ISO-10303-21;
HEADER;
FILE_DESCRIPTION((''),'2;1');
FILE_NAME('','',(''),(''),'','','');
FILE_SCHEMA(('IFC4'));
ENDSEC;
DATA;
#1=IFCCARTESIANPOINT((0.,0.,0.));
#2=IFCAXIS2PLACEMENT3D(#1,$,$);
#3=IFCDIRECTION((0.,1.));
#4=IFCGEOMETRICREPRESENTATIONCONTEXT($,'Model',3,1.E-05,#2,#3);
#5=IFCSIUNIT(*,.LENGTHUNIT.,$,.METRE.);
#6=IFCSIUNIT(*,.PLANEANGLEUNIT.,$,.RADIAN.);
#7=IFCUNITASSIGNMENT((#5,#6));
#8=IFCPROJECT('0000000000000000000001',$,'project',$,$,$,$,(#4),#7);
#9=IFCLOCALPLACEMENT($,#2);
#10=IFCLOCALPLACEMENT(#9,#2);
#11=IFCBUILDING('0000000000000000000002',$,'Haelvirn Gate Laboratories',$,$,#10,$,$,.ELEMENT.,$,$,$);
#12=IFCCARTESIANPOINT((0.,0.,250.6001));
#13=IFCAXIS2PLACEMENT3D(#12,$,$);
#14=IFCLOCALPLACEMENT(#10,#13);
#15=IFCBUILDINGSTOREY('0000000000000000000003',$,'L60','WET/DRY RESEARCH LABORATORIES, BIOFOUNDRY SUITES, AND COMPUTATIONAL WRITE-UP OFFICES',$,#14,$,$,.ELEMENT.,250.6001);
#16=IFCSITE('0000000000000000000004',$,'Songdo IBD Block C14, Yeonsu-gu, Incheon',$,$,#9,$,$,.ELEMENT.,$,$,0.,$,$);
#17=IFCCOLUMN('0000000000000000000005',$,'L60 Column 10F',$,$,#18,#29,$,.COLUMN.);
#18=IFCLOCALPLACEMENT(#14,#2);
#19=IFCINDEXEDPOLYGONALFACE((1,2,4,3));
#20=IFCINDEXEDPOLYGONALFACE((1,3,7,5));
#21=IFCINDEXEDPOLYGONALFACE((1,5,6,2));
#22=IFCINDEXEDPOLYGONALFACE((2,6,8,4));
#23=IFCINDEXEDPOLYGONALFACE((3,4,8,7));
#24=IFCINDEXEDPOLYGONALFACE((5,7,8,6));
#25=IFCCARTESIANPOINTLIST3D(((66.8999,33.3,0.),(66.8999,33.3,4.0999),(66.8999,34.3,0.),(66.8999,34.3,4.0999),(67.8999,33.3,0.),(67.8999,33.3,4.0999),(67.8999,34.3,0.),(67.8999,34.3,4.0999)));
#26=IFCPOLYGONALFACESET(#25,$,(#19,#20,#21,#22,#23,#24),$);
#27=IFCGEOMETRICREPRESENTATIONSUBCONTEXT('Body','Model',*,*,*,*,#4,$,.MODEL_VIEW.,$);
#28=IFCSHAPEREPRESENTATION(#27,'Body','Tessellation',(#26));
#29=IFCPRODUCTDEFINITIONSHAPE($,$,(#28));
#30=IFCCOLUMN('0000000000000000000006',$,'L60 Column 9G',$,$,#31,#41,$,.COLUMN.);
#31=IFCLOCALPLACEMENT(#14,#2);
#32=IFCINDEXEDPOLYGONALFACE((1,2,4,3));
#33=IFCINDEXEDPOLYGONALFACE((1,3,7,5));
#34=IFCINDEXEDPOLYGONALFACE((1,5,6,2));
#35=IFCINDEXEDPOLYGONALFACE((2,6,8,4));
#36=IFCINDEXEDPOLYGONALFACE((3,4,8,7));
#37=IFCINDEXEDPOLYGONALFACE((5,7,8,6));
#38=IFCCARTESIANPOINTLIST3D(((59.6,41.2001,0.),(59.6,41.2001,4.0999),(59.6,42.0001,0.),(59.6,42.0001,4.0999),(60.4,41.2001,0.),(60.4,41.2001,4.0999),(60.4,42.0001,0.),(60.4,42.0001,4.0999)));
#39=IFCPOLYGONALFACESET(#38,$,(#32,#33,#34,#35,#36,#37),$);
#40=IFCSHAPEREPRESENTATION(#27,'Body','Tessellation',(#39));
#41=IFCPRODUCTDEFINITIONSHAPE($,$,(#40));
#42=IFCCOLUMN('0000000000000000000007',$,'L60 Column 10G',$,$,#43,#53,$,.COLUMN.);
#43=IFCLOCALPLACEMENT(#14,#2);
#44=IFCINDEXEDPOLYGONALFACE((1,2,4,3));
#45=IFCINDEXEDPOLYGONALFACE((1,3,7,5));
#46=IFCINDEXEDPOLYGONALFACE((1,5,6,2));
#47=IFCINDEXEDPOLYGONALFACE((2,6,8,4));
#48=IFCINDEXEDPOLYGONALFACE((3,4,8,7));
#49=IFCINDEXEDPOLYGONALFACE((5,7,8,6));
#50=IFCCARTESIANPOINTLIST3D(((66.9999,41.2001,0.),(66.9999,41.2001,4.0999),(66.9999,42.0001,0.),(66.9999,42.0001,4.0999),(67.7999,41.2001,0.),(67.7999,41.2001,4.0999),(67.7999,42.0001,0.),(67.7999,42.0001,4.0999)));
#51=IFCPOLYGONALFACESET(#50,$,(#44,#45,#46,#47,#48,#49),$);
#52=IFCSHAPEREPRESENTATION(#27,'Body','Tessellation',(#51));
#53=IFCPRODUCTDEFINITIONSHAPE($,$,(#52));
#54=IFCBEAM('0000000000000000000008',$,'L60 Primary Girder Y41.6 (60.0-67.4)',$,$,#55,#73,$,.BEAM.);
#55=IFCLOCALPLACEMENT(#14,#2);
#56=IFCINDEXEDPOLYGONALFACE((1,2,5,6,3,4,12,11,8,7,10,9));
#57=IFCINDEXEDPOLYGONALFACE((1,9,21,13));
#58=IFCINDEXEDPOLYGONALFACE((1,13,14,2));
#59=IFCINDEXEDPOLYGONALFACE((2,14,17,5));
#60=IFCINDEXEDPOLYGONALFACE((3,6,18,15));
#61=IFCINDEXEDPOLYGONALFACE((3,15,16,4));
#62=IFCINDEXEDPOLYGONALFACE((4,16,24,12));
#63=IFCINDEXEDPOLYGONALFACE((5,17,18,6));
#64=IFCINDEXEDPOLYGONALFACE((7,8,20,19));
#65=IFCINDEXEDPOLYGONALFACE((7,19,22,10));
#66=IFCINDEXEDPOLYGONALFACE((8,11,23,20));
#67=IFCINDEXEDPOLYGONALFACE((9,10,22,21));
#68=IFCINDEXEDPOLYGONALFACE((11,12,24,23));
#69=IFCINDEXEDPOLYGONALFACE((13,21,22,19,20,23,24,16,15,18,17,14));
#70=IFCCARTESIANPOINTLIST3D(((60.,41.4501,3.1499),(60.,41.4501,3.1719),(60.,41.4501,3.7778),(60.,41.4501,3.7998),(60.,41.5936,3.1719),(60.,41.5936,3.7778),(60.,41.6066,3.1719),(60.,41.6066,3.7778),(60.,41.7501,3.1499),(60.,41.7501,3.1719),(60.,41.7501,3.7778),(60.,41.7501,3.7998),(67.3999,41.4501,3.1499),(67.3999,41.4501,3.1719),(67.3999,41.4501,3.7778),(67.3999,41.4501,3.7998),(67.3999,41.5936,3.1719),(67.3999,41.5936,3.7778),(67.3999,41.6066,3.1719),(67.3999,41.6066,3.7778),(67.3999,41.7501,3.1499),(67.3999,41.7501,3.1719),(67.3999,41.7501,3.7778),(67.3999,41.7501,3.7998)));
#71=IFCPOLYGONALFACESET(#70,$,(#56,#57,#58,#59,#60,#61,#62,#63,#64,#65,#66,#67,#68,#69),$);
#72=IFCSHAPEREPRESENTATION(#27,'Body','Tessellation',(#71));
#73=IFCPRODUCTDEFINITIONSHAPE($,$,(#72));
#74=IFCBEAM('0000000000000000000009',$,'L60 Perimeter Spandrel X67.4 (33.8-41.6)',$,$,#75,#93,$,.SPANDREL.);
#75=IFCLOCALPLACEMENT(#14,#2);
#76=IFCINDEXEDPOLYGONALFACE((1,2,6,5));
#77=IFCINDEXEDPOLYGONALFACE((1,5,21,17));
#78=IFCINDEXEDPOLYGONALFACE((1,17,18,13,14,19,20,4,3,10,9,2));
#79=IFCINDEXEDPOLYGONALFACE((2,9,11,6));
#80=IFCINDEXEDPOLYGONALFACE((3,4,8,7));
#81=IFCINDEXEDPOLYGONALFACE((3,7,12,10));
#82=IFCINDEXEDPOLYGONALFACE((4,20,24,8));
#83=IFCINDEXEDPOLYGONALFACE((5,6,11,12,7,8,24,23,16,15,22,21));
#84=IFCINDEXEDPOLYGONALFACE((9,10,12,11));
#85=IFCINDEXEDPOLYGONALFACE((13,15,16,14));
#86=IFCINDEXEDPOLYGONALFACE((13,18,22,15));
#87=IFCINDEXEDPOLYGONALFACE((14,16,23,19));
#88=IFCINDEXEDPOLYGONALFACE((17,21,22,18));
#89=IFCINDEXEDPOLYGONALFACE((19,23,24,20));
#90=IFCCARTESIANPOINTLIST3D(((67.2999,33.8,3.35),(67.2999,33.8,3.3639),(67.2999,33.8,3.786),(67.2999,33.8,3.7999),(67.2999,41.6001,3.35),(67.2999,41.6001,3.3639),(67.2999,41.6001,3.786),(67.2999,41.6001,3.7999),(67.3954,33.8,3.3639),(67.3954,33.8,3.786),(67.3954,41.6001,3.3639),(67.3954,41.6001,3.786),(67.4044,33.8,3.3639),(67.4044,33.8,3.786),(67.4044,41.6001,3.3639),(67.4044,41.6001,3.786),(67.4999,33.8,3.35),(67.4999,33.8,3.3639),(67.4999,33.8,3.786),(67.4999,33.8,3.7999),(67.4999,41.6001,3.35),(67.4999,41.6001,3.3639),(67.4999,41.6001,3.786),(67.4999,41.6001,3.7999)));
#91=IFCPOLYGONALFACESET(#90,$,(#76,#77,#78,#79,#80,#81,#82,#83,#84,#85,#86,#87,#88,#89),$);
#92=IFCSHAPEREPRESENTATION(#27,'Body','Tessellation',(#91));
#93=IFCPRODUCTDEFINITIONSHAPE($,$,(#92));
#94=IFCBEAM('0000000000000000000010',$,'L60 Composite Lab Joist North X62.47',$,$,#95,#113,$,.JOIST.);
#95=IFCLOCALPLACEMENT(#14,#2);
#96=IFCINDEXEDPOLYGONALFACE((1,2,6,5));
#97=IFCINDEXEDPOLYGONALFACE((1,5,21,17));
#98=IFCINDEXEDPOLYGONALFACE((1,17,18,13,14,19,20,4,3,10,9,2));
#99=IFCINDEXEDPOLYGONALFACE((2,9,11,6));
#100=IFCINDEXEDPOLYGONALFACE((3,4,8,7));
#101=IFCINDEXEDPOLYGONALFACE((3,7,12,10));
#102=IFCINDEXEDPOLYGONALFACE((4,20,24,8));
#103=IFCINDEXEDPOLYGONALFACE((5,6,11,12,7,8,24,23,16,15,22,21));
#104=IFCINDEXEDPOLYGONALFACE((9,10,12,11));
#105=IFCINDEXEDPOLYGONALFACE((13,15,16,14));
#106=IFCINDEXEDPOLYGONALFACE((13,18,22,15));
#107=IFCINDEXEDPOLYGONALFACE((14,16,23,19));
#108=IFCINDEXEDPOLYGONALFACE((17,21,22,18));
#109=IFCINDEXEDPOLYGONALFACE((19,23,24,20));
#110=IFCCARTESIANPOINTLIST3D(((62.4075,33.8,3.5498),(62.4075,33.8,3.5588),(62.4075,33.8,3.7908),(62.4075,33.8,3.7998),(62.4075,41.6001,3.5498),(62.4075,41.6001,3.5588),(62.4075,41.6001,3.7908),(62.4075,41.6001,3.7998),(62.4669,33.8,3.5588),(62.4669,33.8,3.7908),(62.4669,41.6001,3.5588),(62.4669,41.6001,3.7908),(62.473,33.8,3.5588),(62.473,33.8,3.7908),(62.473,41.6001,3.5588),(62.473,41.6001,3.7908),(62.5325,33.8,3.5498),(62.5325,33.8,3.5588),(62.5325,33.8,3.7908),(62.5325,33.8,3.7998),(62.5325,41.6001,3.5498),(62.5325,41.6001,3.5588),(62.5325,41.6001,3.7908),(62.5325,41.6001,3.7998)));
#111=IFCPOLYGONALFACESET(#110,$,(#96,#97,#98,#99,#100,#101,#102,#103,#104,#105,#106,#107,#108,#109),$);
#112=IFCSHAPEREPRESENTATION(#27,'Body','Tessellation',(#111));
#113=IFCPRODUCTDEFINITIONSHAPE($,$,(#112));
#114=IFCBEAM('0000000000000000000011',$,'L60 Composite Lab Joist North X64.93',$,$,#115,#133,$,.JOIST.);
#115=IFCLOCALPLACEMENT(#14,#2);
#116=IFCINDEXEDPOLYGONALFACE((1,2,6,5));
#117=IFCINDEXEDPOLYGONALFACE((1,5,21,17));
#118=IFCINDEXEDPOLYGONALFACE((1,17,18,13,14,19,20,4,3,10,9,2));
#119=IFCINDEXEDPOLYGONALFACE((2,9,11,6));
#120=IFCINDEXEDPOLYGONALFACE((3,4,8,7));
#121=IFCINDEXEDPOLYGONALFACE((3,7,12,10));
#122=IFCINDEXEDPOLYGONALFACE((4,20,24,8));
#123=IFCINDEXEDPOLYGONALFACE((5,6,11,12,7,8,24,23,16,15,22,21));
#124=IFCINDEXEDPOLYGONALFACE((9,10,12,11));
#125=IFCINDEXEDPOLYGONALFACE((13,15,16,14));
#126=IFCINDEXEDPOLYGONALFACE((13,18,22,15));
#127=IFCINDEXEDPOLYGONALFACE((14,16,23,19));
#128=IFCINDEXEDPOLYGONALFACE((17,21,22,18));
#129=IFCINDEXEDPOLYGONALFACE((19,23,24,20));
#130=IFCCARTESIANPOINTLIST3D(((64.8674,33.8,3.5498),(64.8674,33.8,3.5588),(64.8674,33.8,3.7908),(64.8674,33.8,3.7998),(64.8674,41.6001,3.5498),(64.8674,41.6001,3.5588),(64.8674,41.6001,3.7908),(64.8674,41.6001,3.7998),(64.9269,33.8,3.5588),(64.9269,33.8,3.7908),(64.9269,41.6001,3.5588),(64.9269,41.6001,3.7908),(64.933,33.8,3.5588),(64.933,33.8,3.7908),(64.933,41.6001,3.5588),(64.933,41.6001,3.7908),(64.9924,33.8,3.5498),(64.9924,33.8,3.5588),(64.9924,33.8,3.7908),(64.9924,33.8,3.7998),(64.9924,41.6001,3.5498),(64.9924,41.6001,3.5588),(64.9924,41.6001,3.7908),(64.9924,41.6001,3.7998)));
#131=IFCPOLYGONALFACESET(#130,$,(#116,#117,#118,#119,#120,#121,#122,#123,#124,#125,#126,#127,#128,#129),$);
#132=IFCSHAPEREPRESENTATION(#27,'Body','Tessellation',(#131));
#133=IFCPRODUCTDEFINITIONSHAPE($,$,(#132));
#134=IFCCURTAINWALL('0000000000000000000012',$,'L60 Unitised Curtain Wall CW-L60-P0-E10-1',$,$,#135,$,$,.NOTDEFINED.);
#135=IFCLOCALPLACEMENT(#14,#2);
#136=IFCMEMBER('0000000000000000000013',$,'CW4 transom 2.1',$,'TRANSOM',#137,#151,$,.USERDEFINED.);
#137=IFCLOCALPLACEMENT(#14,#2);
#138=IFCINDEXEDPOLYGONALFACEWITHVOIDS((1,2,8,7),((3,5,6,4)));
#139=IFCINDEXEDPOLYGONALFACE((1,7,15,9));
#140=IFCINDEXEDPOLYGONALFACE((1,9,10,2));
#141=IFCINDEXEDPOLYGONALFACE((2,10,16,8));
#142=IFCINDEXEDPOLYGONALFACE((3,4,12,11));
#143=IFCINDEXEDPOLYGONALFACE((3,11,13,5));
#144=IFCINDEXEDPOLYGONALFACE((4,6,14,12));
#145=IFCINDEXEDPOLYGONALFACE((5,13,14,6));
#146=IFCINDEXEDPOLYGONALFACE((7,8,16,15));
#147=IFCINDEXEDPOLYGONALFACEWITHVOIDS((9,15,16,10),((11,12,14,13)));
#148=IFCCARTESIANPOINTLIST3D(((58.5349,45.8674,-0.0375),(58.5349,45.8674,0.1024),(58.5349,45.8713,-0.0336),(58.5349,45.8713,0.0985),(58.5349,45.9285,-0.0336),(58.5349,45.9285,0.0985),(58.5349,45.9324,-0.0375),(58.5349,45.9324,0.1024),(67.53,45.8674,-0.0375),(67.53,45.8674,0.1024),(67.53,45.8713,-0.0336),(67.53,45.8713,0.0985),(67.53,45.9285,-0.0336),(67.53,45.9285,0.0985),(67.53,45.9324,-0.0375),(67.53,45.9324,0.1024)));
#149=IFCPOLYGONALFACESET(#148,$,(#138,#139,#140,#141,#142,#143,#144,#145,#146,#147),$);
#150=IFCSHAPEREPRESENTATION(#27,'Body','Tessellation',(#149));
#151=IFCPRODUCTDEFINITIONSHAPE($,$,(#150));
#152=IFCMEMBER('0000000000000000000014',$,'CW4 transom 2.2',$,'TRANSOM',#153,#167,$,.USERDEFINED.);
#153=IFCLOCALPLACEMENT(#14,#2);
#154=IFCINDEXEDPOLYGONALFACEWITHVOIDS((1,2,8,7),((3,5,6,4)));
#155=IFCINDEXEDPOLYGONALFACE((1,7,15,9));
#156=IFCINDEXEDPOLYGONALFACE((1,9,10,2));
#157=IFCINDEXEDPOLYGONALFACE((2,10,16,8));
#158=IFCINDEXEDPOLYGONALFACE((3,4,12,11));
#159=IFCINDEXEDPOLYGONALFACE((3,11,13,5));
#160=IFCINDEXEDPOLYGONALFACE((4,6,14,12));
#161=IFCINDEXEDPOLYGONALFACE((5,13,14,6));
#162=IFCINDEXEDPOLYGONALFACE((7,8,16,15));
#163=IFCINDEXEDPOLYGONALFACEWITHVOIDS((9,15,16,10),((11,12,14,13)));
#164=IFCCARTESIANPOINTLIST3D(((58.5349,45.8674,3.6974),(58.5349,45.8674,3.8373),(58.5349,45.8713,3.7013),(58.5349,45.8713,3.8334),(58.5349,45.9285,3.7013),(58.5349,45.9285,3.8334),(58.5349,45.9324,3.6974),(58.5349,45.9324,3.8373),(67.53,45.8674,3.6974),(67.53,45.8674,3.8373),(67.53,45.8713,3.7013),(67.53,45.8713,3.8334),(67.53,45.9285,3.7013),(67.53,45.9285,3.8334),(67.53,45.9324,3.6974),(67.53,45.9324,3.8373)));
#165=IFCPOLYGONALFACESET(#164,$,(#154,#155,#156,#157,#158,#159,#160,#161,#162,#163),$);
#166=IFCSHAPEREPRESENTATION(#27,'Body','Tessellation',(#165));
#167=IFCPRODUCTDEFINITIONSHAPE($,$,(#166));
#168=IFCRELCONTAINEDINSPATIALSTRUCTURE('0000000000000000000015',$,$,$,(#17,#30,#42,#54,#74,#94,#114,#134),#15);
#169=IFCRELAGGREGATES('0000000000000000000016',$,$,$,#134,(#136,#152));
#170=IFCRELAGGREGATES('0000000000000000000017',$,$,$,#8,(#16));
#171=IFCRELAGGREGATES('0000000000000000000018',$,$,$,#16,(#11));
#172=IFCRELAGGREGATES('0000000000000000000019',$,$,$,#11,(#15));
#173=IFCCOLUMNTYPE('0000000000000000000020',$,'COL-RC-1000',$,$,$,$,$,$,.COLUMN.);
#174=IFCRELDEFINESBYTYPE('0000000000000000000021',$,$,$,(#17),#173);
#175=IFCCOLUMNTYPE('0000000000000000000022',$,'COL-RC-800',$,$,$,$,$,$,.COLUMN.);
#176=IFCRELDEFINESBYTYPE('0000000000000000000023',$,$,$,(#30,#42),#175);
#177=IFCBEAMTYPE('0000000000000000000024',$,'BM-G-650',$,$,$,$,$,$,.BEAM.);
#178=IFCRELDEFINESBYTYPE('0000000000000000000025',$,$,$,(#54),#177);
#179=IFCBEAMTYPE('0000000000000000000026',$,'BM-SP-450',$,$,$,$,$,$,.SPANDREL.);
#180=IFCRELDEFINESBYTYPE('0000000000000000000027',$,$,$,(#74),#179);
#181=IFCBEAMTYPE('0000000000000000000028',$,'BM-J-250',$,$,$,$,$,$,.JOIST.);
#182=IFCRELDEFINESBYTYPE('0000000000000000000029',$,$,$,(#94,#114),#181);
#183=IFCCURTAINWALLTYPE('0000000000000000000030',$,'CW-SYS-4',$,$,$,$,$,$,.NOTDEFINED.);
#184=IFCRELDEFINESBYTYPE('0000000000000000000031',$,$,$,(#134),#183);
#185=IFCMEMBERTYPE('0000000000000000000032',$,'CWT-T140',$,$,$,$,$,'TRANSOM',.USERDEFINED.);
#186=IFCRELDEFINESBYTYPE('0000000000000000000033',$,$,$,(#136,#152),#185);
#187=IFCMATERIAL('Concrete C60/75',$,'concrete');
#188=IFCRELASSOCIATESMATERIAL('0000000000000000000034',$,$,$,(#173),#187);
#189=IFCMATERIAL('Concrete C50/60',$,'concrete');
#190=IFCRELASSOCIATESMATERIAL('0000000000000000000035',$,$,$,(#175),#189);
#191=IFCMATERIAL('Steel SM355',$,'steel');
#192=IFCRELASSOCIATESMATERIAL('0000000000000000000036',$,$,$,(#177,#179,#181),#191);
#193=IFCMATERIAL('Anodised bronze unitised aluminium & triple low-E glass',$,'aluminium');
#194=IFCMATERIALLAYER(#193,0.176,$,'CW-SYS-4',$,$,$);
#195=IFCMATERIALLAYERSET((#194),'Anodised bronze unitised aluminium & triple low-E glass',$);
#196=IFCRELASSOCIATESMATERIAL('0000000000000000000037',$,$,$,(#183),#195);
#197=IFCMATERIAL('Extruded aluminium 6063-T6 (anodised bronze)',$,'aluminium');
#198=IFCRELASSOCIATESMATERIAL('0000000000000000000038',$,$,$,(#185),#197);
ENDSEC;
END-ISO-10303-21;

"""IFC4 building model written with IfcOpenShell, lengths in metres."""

from ifc_helpers import new_model, si_unit, direction, frame, origin, origin_2d, place, context, subcontext, project, spatial, rectangle, hollow_rectangle, i_section, extrude, source, transform, mapped, material, layer, layer_set, material_profile, profile_set, type_object, type_shapes, element, aggregate, save


model = new_model("IFC4")

# Units and contexts
model_context = context("Model", 3, precision=1e-05, world=origin(), true_north=direction((0.0, 1.0)))
body_context = subcontext(model_context, "Body", "Model", "MODEL_VIEW")
ifc_project = project(units=[si_unit("LENGTHUNIT", "METRE"), si_unit("PLANEANGLEUNIT", "RADIAN")], contexts=[model_context])

# Site, building, storey
site_placement = place(None, origin())
site = spatial("IfcSite", under=ifc_project, at=site_placement, Name="Songdo IBD Block C14, Yeonsu-gu, Incheon", CompositionType="ELEMENT", RefElevation=0.0)
building_placement = place(site_placement, origin())
building = spatial("IfcBuilding", under=site, at=building_placement, Name="Haelvirn Gate Laboratories", CompositionType="ELEMENT")
storey_placement = place(building_placement, frame((0.0, 0.0, 250.6001)))
storey = spatial("IfcBuildingStorey", under=building, at=storey_placement, Name="L60", Description="WET/DRY RESEARCH LABORATORIES, BIOFOUNDRY SUITES, AND COMPUTATIONAL WRITE-UP OFFICES", CompositionType="ELEMENT", Elevation=250.6001)

# Columns
ifc_material_1 = material(Name="Concrete C60/75", Category="concrete")
ifc_material_profile_1 = material_profile(ifc_material_1, rectangle(XDim=1.0, YDim=1.0, at=origin_2d()), Name="RC-1000x1000")
ifc_profile_set_1 = profile_set([ifc_material_profile_1], Name="Concrete C60/75")
column_type_1 = type_object("IfcColumnType", Name="COL-RC-1000", PredefinedType="COLUMN", material=ifc_profile_set_1)
shared_shape_1 = source(origin(), body_context, "Body", "SweptSolid", [
    extrude(rectangle(XDim=1.0, YDim=1.0, at=origin_2d()), origin(), (0.0, 0.0, 1.0), 4.0999),
])
type_shapes(column_type_1, [shared_shape_1])
column_placement = place(storey_placement, frame((67.3999, 33.8, 0.0), z_axis=(0.0, 0.0, 1.0), x_axis=(1.0, 0.0, 0.0)))
element("IfcColumn", 1, at=column_placement, inside=storey, type_object=column_type_1, Name="L60 Column 10F", PredefinedType="COLUMN", context=body_context, shape_type="MappedRepresentation", body=[
    mapped(shared_shape_1, transform((0.0, 0.0, 0.0), scale=1.0)),
])
ifc_material_2 = material(Name="Concrete C50/60", Category="concrete")
ifc_material_profile_2 = material_profile(ifc_material_2, rectangle(XDim=0.8, YDim=0.8, at=origin_2d()), Name="RC-800x800")
ifc_profile_set_2 = profile_set([ifc_material_profile_2], Name="Concrete C50/60")
column_type_2 = type_object("IfcColumnType", Name="COL-RC-800", PredefinedType="COLUMN", material=ifc_profile_set_2)
shared_shape_2 = source(origin(), body_context, "Body", "SweptSolid", [
    extrude(rectangle(XDim=0.8, YDim=0.8, at=origin_2d()), origin(), (0.0, 0.0, 1.0), 4.0999),
])
type_shapes(column_type_2, [shared_shape_2])
for number, where, z_axis, x_axis, name in (
    (2, (60.0, 41.6001, 0.0), (0.0, 0.0, 1.0), (1.0, 0.0, 0.0), "L60 Column 9G"),
    (3, (67.3999, 41.6001, 0.0), (0.0, 0.0, 1.0), (1.0, 0.0, 0.0), "L60 Column 10G"),
):
    element("IfcColumn", number, at=place(storey_placement, frame(where, z_axis=z_axis, x_axis=x_axis)), inside=storey, type_object=column_type_2, Name=name, PredefinedType="COLUMN", context=body_context, shape_type="MappedRepresentation", body=[
        mapped(shared_shape_2, transform((0.0, 0.0, 0.0), scale=1.0)),
    ])

# Beams
ifc_material_3 = material(Name="Steel SM355", Category="steel")
ifc_material_profile_3 = material_profile(ifc_material_3, i_section(OverallWidth=0.3, OverallDepth=0.6499, WebThickness=0.0129, FlangeThickness=0.022, at=origin_2d()), Name="H-650x300x13x22")
ifc_profile_set_3 = profile_set([ifc_material_profile_3], Name="Steel SM355")
beam_type_1 = type_object("IfcBeamType", Name="BM-G-650", PredefinedType="BEAM", material=ifc_profile_set_3)
shared_shape_3 = source(origin(), body_context, "Body", "SweptSolid", [
    extrude(i_section(OverallWidth=0.3, OverallDepth=0.6499, WebThickness=0.0129, FlangeThickness=0.022, at=origin_2d()), origin(), (0.0, 0.0, 1.0), 7.3999),
])
type_shapes(beam_type_1, [shared_shape_3])
beam_1_placement = place(storey_placement, frame((60.0, 41.6001, 3.4749), z_axis=(1.0, 0.0, 0.0), x_axis=(0.0, 1.0, 0.0)))
element("IfcBeam", 4, at=beam_1_placement, inside=storey, type_object=beam_type_1, Name="L60 Primary Girder Y41.6 (60.0-67.4)", PredefinedType="BEAM", context=body_context, shape_type="MappedRepresentation", body=[
    mapped(shared_shape_3, transform((0.0, 0.0, 0.0), scale=1.0)),
])
ifc_material_profile_4 = material_profile(ifc_material_3, i_section(OverallWidth=0.2, OverallDepth=0.45, WebThickness=0.009, FlangeThickness=0.0139, at=origin_2d()), Name="H-450x200x9x14")
ifc_profile_set_4 = profile_set([ifc_material_profile_4], Name="Steel SM355")
beam_type_2 = type_object("IfcBeamType", Name="BM-SP-450", PredefinedType="SPANDREL", material=ifc_profile_set_4)
shared_shape_4 = source(origin(), body_context, "Body", "SweptSolid", [
    extrude(i_section(OverallWidth=0.2, OverallDepth=0.45, WebThickness=0.009, FlangeThickness=0.0139, at=origin_2d()), origin(), (0.0, 0.0, 1.0), 7.8),
])
type_shapes(beam_type_2, [shared_shape_4])
beam_2_placement = place(storey_placement, frame((67.3999, 33.8, 3.575), z_axis=(0.0, 1.0, 0.0), x_axis=(-1.0, 0.0, 0.0)))
element("IfcBeam", 5, at=beam_2_placement, inside=storey, type_object=beam_type_2, Name="L60 Perimeter Spandrel X67.4 (33.8-41.6)", PredefinedType="SPANDREL", context=body_context, shape_type="MappedRepresentation", body=[
    mapped(shared_shape_4, transform((0.0, 0.0, 0.0), scale=1.0)),
])
ifc_material_profile_5 = material_profile(ifc_material_3, i_section(OverallWidth=0.125, OverallDepth=0.25, WebThickness=0.0061, FlangeThickness=0.009, at=origin_2d()), Name="H-250x125x6x9")
ifc_profile_set_5 = profile_set([ifc_material_profile_5], Name="Steel SM355")
beam_type_3 = type_object("IfcBeamType", Name="BM-J-250", PredefinedType="JOIST", material=ifc_profile_set_5)
shared_shape_5 = source(origin(), body_context, "Body", "SweptSolid", [
    extrude(i_section(OverallWidth=0.125, OverallDepth=0.25, WebThickness=0.0061, FlangeThickness=0.009, at=origin_2d()), origin(), (0.0, 0.0, 1.0), 7.8),
])
type_shapes(beam_type_3, [shared_shape_5])
for number, where, z_axis, x_axis, name in (
    (6, (62.47, 33.8, 3.6748), (0.0, 1.0, 0.0), (-1.0, 0.0, 0.0), "L60 Composite Lab Joist North X62.47"),
    (7, (64.9299, 33.8, 3.6748), (0.0, 1.0, 0.0), (-1.0, 0.0, 0.0), "L60 Composite Lab Joist North X64.93"),
):
    element("IfcBeam", number, at=place(storey_placement, frame(where, z_axis=z_axis, x_axis=x_axis)), inside=storey, type_object=beam_type_3, Name=name, PredefinedType="JOIST", context=body_context, shape_type="MappedRepresentation", body=[
        mapped(shared_shape_5, transform((0.0, 0.0, 0.0), scale=1.0)),
    ])

# Curtain wall, members
ifc_material_4 = material(Name="Anodised bronze unitised aluminium & triple low-E glass", Category="aluminium")
ifc_layer_1 = layer(ifc_material_4, 0.176, Name="CW-SYS-4")
ifc_layer_set_1 = layer_set([ifc_layer_1], Name="Anodised bronze unitised aluminium & triple low-E glass")
curtain_wall_type_1 = type_object("IfcCurtainWallType", Name="CW-SYS-4", PredefinedType="NOTDEFINED", material=ifc_layer_set_1)
curtain_wall_1_placement = place(storey_placement, origin())
curtain_wall_1 = element("IfcCurtainWall", 8, at=curtain_wall_1_placement, inside=storey, type_object=curtain_wall_type_1, Name="L60 Unitised Curtain Wall CW-L60-P0-E10-1", PredefinedType="NOTDEFINED")
ifc_material_5 = material(Name="Extruded aluminium 6063-T6 (anodised bronze)", Category="aluminium")
ifc_material_profile_6 = material_profile(ifc_material_5, hollow_rectangle(XDim=0.0649, YDim=0.1399, WallThickness=0.0039, at=origin_2d()), Name="CWT-140x65x4")
ifc_profile_set_6 = profile_set([ifc_material_profile_6], Name="Extruded aluminium 6063-T6 (anodised bronze)")
member_type_1 = type_object("IfcMemberType", Name="CWT-T140", ElementType="TRANSOM", PredefinedType="USERDEFINED", material=ifc_profile_set_6)
shared_shape_6 = source(origin(), body_context, "Body", "SweptSolid", [
    extrude(hollow_rectangle(XDim=0.0649, YDim=0.1399, WallThickness=0.0039, at=origin_2d()), origin(), (0.0, 0.0, 1.0), 8.9951),
])
member_1_placement = place(storey_placement, frame((58.5349, 45.8999, 0.0325), z_axis=(1.0, 0.0, 0.0), x_axis=(0.0, 1.0, 0.0)))
member_1 = element("IfcMember", 9, at=member_1_placement, type_object=member_type_1, Name="CW4 transom 2.1", ObjectType="TRANSOM", PredefinedType="USERDEFINED", context=body_context, shape_type="MappedRepresentation", body=[
    mapped(shared_shape_6, transform((0.0, 0.0, 0.0), scale=1.0)),
])
member_2_placement = place(storey_placement, frame((58.5349, 45.8999, 3.7673), z_axis=(1.0, 0.0, 0.0), x_axis=(0.0, 1.0, 0.0)))
member_2 = element("IfcMember", 10, at=member_2_placement, type_object=member_type_1, Name="CW4 transom 2.2", ObjectType="TRANSOM", PredefinedType="USERDEFINED", context=body_context, shape_type="MappedRepresentation", body=[
    mapped(shared_shape_6, transform((0.0, 0.0, 0.0), scale=1.0)),
])

aggregate(curtain_wall_1, [member_1, member_2])

save(model, "model.ifc")
